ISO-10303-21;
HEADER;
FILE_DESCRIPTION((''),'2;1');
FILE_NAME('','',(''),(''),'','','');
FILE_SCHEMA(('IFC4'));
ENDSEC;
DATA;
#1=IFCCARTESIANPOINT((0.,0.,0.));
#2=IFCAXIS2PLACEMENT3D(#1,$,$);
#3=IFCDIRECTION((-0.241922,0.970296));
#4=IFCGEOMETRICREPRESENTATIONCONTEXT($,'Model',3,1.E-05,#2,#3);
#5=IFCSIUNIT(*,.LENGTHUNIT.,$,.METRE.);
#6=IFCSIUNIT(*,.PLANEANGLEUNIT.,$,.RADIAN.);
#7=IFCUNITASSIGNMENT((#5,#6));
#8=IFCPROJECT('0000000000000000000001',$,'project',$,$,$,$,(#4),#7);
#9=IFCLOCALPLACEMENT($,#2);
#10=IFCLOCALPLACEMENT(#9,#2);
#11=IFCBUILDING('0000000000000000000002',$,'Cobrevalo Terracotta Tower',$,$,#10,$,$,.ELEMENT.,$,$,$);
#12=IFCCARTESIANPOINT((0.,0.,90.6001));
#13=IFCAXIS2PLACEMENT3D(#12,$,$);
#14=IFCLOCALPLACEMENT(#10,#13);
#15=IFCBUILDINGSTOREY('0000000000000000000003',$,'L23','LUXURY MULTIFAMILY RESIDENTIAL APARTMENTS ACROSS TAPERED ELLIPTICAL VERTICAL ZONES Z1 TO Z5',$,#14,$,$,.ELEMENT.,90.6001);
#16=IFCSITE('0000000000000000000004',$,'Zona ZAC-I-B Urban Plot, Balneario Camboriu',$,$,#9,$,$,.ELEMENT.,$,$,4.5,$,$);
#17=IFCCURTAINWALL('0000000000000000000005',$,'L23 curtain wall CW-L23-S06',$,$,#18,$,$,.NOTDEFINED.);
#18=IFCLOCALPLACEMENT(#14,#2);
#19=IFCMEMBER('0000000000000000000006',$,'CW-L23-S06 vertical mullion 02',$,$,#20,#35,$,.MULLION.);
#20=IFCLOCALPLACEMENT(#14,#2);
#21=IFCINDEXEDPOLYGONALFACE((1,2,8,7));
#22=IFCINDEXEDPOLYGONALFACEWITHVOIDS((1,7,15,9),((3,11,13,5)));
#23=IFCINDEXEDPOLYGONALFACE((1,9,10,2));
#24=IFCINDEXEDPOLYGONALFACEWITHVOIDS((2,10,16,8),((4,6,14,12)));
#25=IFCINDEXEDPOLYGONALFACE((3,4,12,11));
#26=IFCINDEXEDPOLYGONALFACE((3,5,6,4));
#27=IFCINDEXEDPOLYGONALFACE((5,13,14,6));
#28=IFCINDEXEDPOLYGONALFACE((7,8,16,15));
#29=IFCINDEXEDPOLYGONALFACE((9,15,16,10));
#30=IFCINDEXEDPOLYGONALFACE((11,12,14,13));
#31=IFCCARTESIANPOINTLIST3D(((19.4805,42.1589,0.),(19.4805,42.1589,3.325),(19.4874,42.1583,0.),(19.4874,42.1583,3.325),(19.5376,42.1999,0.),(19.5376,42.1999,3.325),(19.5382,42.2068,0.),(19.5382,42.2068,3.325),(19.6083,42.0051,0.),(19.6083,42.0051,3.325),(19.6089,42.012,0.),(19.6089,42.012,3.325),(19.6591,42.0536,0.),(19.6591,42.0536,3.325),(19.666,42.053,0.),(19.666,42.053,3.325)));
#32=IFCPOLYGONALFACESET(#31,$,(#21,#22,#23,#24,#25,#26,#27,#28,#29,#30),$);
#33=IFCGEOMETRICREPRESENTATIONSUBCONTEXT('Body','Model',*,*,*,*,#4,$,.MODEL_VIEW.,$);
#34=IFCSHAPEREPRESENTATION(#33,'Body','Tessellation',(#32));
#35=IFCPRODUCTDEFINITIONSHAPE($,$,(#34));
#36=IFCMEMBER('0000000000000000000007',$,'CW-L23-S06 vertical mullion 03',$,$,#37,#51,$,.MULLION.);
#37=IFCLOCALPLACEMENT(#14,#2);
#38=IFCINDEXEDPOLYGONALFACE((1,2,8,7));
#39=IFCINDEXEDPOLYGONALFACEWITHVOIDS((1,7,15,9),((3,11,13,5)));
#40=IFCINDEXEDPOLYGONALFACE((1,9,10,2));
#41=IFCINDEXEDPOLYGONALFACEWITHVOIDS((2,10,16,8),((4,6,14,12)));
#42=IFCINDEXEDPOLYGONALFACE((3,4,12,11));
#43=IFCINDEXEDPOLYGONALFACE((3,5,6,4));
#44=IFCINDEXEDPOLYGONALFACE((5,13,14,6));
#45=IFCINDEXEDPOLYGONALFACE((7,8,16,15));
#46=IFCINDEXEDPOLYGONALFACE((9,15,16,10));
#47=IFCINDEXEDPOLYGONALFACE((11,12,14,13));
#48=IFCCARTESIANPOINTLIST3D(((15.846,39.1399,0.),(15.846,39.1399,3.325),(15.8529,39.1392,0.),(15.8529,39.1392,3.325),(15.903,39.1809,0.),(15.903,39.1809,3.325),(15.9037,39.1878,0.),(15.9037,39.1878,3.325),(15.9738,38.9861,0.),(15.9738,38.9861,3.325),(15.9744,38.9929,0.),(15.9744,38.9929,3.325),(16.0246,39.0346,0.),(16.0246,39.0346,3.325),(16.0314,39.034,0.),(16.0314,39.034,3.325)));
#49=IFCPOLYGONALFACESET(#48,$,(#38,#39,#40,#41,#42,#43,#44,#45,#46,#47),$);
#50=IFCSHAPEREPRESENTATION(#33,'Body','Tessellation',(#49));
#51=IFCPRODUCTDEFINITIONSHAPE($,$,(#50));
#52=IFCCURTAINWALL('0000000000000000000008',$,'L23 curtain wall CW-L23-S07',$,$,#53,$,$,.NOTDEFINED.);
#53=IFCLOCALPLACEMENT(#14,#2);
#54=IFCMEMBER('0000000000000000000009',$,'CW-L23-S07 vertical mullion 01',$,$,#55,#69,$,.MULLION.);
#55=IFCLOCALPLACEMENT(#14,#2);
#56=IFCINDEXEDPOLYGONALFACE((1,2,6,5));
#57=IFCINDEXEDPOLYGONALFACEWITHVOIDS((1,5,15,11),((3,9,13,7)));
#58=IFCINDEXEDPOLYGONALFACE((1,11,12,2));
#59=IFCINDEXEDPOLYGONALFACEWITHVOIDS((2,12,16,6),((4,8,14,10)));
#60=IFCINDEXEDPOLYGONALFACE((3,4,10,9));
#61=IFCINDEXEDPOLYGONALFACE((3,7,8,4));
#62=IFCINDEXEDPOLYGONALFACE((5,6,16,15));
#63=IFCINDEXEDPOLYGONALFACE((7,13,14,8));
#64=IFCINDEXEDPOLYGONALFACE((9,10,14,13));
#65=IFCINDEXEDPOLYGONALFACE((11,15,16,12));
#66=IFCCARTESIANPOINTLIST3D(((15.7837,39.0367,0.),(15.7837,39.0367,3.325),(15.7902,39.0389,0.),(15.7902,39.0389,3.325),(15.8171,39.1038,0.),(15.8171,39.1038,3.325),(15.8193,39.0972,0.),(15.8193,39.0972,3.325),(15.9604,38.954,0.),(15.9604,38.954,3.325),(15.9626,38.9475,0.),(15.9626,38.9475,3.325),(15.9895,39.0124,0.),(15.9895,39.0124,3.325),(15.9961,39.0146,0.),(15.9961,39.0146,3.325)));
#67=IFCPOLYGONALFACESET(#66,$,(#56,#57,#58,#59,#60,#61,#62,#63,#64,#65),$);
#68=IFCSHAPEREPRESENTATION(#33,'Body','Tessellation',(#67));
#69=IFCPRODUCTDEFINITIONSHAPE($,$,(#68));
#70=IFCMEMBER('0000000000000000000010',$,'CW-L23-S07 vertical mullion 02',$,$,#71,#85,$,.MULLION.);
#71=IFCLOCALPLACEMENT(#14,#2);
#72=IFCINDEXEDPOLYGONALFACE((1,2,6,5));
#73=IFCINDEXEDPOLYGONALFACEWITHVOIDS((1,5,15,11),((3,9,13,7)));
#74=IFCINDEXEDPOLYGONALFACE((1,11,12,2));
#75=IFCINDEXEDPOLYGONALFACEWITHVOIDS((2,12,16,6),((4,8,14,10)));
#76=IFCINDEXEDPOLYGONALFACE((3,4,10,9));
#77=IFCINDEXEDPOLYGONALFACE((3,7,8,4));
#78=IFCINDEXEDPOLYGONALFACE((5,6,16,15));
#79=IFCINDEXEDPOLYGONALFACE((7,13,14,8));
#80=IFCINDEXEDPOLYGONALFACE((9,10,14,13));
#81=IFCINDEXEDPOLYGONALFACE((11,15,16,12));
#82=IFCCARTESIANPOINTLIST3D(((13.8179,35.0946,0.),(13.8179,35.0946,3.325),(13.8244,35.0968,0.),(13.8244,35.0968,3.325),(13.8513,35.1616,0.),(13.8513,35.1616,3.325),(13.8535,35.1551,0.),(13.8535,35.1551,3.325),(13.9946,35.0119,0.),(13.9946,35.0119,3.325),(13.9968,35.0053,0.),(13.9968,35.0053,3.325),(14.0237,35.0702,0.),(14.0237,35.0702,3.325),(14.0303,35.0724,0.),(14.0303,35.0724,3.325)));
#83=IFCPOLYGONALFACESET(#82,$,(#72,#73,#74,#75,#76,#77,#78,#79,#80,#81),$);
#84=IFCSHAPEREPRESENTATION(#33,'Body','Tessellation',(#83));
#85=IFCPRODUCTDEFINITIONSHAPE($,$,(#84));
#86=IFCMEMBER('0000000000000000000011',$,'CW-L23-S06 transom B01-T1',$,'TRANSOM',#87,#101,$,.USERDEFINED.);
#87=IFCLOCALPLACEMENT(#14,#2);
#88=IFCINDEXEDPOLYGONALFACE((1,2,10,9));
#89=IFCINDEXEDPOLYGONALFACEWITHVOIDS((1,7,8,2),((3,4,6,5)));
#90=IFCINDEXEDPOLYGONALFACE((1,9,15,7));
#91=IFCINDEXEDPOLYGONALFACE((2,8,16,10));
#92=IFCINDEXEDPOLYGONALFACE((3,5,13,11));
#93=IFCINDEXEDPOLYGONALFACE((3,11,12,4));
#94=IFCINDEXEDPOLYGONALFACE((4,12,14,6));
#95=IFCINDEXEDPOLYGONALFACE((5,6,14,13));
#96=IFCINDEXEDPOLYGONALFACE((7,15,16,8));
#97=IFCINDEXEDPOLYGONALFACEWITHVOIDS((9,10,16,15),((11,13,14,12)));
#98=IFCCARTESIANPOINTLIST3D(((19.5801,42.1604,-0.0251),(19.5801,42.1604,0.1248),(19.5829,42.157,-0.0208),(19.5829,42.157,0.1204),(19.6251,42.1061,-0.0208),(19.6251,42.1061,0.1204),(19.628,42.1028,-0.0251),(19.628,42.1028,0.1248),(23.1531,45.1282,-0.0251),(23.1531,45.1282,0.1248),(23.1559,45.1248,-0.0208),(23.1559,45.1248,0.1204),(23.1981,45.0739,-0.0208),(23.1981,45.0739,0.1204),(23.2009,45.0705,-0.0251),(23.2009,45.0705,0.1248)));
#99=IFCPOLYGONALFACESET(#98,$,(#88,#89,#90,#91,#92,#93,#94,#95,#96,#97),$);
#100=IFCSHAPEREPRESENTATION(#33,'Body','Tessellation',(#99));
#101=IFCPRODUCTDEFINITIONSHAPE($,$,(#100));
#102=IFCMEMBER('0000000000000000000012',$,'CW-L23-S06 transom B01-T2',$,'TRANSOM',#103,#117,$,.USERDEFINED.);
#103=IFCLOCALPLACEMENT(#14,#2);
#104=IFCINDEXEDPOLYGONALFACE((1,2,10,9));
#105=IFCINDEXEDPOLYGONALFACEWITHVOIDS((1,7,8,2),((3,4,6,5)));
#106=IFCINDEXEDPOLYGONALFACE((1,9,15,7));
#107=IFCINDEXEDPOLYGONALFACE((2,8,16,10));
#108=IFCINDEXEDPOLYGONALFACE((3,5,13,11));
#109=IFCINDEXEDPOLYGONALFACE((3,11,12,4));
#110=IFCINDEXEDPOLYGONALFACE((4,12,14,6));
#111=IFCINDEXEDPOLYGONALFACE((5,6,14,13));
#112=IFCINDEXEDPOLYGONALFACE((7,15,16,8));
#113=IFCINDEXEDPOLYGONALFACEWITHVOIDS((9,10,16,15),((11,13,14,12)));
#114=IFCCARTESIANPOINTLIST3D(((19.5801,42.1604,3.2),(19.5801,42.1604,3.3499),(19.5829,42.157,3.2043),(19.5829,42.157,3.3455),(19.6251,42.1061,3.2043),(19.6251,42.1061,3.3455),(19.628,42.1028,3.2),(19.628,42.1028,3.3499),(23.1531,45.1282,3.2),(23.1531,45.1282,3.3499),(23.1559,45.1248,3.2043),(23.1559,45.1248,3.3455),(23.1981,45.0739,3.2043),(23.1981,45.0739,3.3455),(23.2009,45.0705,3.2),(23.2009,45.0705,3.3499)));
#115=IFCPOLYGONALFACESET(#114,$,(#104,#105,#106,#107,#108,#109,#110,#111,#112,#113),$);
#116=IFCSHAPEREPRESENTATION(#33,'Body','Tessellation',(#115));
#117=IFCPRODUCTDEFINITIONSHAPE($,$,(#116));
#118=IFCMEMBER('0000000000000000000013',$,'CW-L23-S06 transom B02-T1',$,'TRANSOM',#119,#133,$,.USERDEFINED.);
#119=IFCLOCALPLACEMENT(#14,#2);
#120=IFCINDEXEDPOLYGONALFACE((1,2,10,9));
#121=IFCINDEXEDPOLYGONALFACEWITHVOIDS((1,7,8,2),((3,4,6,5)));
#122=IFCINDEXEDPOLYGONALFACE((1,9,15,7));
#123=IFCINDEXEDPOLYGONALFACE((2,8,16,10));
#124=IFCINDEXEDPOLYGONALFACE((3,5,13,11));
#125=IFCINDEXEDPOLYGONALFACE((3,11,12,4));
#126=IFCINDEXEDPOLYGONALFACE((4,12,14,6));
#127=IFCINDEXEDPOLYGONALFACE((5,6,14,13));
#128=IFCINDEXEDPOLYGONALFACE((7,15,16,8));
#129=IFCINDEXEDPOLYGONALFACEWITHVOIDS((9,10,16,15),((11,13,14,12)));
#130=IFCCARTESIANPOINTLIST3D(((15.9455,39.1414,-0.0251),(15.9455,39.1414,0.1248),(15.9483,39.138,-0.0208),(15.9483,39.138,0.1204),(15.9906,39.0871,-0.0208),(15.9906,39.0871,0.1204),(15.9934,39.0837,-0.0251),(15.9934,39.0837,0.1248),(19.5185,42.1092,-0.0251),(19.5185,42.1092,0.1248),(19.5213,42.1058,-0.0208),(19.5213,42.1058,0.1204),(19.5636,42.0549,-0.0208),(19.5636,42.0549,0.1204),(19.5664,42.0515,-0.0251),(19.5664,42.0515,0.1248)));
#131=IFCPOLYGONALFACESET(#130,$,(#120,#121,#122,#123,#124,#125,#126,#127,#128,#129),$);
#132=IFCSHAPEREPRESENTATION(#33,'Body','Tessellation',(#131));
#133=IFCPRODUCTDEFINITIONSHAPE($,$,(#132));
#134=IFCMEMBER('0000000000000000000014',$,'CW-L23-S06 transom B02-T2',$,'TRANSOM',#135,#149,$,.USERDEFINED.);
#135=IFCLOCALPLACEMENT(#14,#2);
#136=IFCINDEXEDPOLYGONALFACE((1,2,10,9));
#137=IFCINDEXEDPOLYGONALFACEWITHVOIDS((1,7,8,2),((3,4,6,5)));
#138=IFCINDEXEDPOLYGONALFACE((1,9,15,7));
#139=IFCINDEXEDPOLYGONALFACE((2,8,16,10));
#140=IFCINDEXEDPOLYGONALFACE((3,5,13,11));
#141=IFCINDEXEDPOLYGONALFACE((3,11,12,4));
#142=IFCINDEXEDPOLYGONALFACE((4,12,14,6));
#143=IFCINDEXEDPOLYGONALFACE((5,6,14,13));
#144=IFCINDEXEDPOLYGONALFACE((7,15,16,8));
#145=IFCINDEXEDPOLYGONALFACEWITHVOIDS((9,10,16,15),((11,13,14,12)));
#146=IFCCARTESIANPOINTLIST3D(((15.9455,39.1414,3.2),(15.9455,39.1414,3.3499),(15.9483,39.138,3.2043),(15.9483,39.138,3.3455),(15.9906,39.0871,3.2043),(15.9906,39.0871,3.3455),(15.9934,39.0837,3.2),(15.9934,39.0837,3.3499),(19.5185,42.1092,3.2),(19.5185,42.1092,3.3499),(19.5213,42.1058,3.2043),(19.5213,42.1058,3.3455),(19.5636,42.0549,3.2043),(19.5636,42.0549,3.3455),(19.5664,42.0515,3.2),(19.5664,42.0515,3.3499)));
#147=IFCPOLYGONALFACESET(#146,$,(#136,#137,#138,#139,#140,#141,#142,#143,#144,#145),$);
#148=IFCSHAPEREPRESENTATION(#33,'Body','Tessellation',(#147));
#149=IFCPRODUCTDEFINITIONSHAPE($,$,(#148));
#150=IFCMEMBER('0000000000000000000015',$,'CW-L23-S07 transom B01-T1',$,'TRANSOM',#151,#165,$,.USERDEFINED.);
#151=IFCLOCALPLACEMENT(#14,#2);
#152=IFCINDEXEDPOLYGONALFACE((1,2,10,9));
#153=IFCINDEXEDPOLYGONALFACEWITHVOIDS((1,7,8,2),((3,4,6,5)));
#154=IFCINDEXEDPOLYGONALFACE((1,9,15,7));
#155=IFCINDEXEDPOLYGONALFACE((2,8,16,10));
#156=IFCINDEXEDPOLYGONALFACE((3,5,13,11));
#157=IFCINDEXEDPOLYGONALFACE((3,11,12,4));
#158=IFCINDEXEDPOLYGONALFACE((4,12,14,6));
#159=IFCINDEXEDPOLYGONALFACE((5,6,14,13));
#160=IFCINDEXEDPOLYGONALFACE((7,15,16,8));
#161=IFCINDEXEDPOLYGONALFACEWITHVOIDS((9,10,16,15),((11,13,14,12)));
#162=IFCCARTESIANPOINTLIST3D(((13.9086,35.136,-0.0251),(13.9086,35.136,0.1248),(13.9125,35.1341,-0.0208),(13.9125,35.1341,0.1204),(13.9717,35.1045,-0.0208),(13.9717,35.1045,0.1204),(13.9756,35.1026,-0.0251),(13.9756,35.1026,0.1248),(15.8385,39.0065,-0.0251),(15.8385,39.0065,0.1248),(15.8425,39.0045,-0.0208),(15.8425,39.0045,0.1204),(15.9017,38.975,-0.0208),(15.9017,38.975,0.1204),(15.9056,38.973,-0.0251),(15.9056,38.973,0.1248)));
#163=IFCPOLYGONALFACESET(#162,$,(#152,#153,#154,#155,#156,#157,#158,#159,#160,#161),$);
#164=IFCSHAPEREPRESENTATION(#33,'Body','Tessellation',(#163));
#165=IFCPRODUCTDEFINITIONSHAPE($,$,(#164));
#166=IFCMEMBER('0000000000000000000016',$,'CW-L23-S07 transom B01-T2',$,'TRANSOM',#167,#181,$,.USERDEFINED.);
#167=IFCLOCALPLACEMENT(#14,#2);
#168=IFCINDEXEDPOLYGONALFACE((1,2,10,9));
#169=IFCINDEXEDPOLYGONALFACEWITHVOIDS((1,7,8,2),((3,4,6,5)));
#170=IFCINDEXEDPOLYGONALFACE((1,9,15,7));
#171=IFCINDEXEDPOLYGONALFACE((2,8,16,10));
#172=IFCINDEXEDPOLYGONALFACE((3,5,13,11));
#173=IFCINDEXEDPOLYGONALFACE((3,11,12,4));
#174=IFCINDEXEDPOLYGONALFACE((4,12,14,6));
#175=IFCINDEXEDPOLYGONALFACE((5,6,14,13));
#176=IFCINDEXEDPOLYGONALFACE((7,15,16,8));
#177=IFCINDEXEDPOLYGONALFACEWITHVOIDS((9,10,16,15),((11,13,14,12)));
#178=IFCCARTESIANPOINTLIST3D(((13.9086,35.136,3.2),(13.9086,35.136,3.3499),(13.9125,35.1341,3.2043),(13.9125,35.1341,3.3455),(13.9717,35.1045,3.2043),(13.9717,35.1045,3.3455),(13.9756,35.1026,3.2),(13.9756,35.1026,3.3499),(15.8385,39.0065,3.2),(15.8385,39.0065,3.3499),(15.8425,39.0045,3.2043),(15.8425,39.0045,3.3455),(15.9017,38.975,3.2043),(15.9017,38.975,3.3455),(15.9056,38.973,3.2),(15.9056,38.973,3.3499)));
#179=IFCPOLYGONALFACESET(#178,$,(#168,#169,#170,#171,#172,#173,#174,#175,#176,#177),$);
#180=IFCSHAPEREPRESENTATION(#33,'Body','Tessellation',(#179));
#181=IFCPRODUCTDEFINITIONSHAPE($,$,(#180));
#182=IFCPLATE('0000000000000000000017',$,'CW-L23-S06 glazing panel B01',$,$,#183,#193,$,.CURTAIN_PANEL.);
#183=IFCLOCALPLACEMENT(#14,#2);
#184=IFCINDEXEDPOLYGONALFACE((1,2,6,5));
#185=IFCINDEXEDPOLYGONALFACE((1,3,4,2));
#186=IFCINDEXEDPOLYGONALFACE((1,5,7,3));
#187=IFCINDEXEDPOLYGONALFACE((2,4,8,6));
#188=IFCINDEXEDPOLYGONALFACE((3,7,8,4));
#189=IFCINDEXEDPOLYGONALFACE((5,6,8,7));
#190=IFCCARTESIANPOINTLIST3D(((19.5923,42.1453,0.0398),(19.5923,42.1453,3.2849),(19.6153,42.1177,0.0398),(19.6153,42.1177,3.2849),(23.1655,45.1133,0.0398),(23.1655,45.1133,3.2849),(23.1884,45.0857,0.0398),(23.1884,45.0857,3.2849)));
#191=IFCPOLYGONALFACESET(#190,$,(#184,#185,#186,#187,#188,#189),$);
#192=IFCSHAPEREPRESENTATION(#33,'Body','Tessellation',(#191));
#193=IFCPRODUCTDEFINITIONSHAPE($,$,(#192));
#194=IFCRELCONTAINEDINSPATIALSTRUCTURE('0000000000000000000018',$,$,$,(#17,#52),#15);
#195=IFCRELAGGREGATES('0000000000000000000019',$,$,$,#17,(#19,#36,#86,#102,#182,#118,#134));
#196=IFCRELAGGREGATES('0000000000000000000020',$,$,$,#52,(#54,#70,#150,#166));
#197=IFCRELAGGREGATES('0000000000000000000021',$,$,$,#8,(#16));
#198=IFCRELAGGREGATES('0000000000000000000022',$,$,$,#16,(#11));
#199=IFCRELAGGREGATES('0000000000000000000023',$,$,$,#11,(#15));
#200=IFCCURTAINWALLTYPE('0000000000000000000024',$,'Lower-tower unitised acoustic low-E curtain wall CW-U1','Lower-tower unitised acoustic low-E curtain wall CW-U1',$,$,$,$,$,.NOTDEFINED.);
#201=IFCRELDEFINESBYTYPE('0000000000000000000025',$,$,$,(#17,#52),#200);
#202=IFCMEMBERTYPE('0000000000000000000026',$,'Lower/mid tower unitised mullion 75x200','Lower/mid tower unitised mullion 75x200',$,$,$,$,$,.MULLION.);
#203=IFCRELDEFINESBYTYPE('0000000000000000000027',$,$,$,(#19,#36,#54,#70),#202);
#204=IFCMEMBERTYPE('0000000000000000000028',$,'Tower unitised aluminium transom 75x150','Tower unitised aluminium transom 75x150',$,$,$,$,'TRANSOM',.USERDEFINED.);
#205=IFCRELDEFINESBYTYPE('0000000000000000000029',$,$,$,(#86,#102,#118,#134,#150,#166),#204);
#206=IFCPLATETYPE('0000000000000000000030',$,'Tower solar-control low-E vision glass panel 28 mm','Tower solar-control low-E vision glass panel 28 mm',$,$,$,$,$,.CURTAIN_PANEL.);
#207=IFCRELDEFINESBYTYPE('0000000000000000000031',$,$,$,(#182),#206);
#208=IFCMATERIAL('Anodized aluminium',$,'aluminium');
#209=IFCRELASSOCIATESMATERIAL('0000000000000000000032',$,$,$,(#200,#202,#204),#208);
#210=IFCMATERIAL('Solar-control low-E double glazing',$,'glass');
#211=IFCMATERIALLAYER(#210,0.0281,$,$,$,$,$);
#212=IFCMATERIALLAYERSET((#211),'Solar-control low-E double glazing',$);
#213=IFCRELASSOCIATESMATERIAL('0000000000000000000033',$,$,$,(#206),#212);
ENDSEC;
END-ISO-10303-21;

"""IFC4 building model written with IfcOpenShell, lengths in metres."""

from ifc_helpers import new_model, si_unit, direction, frame, origin, origin_2d, place, context, subcontext, project, spatial, rectangle, hollow_rectangle, extrude, source, transform, mapped, material, layer, layer_set, material_profile, profile_set, type_object, element, aggregate, save


model = new_model("IFC4")

# Units and contexts
model_context = context("Model", 3, precision=1e-05, world=origin(), true_north=direction((-0.241922, 0.970296)))
body_context = subcontext(model_context, "Body", "Model", "MODEL_VIEW")
ifc_project = project(units=[si_unit("LENGTHUNIT", "METRE"), si_unit("PLANEANGLEUNIT", "RADIAN")], contexts=[model_context])

# Site, building, storey
site_placement = place(None, origin())
site = spatial("IfcSite", under=ifc_project, at=site_placement, Name="Zona ZAC-I-B Urban Plot, Balneario Camboriu", CompositionType="ELEMENT", RefElevation=4.5)
building_placement = place(site_placement, origin())
building = spatial("IfcBuilding", under=site, at=building_placement, Name="Cobrevalo Terracotta Tower", CompositionType="ELEMENT")
storey_placement = place(building_placement, frame((0.0, 0.0, 90.6001)))
storey = spatial("IfcBuildingStorey", under=building, at=storey_placement, Name="L23", Description="LUXURY MULTIFAMILY RESIDENTIAL APARTMENTS ACROSS TAPERED ELLIPTICAL VERTICAL ZONES Z1 TO Z5", CompositionType="ELEMENT", Elevation=90.6001)

# Shared definitions
ifc_material_1 = material(Name="Anodized aluminium", Category="aluminium")
curtain_wall_type = type_object("IfcCurtainWallType", Name="Lower-tower unitised acoustic low-E curtain wall CW-U1", Description="Lower-tower unitised acoustic low-E curtain wall CW-U1", PredefinedType="NOTDEFINED", material=ifc_material_1)
ifc_material_profile_1 = material_profile(ifc_material_1, hollow_rectangle(XDim=0.075, YDim=0.2, WallThickness=0.0049, at=origin_2d()), Name="CWM 75x200")
ifc_profile_set_1 = profile_set([ifc_material_profile_1], Name="Anodized aluminium")
member_type_1 = type_object("IfcMemberType", Name="Lower/mid tower unitised mullion 75x200", Description="Lower/mid tower unitised mullion 75x200", PredefinedType="MULLION", material=ifc_profile_set_1)
shared_shape_1 = source(origin(), body_context, "Body", "SweptSolid", [
    extrude(hollow_rectangle(XDim=0.075, YDim=0.2, WallThickness=0.0049, at=origin_2d()), origin(), (0.0, 0.0, 1.0), 3.325),
])

# Curtain walls, members
curtain_wall_1_placement = place(storey_placement, origin())
curtain_wall_1 = element("IfcCurtainWall", 1, at=curtain_wall_1_placement, inside=storey, type_object=curtain_wall_type, Name="L23 curtain wall CW-L23-S06", PredefinedType="NOTDEFINED")
member_1_placement = place(storey_placement, frame((19.5732, 42.106, 0.0), z_axis=(0.0, 0.0, 1.0), x_axis=(-0.769243, -0.638956, 0.0)))
member_1 = element("IfcMember", 2, at=member_1_placement, type_object=member_type_1, Name="CW-L23-S06 vertical mullion 02", PredefinedType="MULLION", context=body_context, shape_type="MappedRepresentation", body=[
    mapped(shared_shape_1, transform((0.0, 0.0, 0.0), scale=1.0)),
])
member_2_placement = place(storey_placement, frame((15.9387, 39.0869, 0.0), z_axis=(0.0, 0.0, 1.0), x_axis=(-0.769243, -0.638956, 0.0)))
member_2 = element("IfcMember", 3, at=member_2_placement, type_object=member_type_1, Name="CW-L23-S06 vertical mullion 03", PredefinedType="MULLION", context=body_context, shape_type="MappedRepresentation", body=[
    mapped(shared_shape_1, transform((0.0, 0.0, 0.0), scale=1.0)),
])
curtain_wall_2_placement = place(storey_placement, origin())
curtain_wall_2 = element("IfcCurtainWall", 4, at=curtain_wall_2_placement, inside=storey, type_object=curtain_wall_type, Name="L23 curtain wall CW-L23-S07", PredefinedType="NOTDEFINED")
member_3_placement = place(storey_placement, frame((15.8899, 39.0256, 0.0), z_axis=(0.0, 0.0, 1.0), x_axis=(-0.44626, -0.894903, 0.0)))
member_3 = element("IfcMember", 5, at=member_3_placement, type_object=member_type_1, Name="CW-L23-S07 vertical mullion 01", PredefinedType="MULLION", context=body_context, shape_type="MappedRepresentation", body=[
    mapped(shared_shape_1, transform((0.0, 0.0, 0.0), scale=1.0)),
])
member_4_placement = place(storey_placement, frame((13.9241, 35.0835, 0.0), z_axis=(0.0, 0.0, 1.0), x_axis=(-0.44626, -0.894903, 0.0)))
member_4 = element("IfcMember", 6, at=member_4_placement, type_object=member_type_1, Name="CW-L23-S07 vertical mullion 02", PredefinedType="MULLION", context=body_context, shape_type="MappedRepresentation", body=[
    mapped(shared_shape_1, transform((0.0, 0.0, 0.0), scale=1.0)),
])

# Members
ifc_material_profile_2 = material_profile(ifc_material_1, hollow_rectangle(XDim=0.075, YDim=0.1499, WallThickness=0.0044, at=origin_2d()), Name="CWT 75x150")
ifc_profile_set_2 = profile_set([ifc_material_profile_2], Name="Anodized aluminium")
member_type_2 = type_object("IfcMemberType", Name="Tower unitised aluminium transom 75x150", Description="Tower unitised aluminium transom 75x150", ElementType="TRANSOM", PredefinedType="USERDEFINED", material=ifc_profile_set_2)
shared_shape_2 = source(origin(), body_context, "Body", "SweptSolid", [
    extrude(hollow_rectangle(XDim=0.075, YDim=0.1499, WallThickness=0.0044, at=origin_2d()), origin(), (0.0, 0.0, 1.0), 4.6448),
])
member_5_placement = place(storey_placement, frame((23.177, 45.0994, 0.0498), z_axis=(-0.76925, -0.638948, 0.0), x_axis=(0.638948, -0.76925, 0.0)))
member_5 = element("IfcMember", 7, at=member_5_placement, type_object=member_type_2, Name="CW-L23-S06 transom B01-T1", ObjectType="TRANSOM", PredefinedType="USERDEFINED", context=body_context, shape_type="MappedRepresentation", body=[
    mapped(shared_shape_2, transform((0.0, 0.0, 0.0), scale=1.0)),
])
member_6_placement = place(storey_placement, frame((23.177, 45.0994, 3.2749), z_axis=(-0.76925, -0.638948, 0.0), x_axis=(0.638948, -0.76925, 0.0)))
member_6 = element("IfcMember", 8, at=member_6_placement, type_object=member_type_2, Name="CW-L23-S06 transom B01-T2", ObjectType="TRANSOM", PredefinedType="USERDEFINED", context=body_context, shape_type="MappedRepresentation", body=[
    mapped(shared_shape_2, transform((0.0, 0.0, 0.0), scale=1.0)),
])
member_7_placement = place(storey_placement, frame((19.5425, 42.0803, 0.0498), z_axis=(-0.76925, -0.638948, 0.0), x_axis=(0.638948, -0.76925, 0.0)))
member_7 = element("IfcMember", 9, at=member_7_placement, type_object=member_type_2, Name="CW-L23-S06 transom B02-T1", ObjectType="TRANSOM", PredefinedType="USERDEFINED", context=body_context, shape_type="MappedRepresentation", body=[
    mapped(shared_shape_2, transform((0.0, 0.0, 0.0), scale=1.0)),
])
member_8_placement = place(storey_placement, frame((19.5425, 42.0803, 3.2749), z_axis=(-0.76925, -0.638948, 0.0), x_axis=(0.638948, -0.76925, 0.0)))
member_8 = element("IfcMember", 10, at=member_8_placement, type_object=member_type_2, Name="CW-L23-S06 transom B02-T2", ObjectType="TRANSOM", PredefinedType="USERDEFINED", context=body_context, shape_type="MappedRepresentation", body=[
    mapped(shared_shape_2, transform((0.0, 0.0, 0.0), scale=1.0)),
])
shared_shape_3 = source(origin(), body_context, "Body", "SweptSolid", [
    extrude(hollow_rectangle(XDim=0.075, YDim=0.1499, WallThickness=0.0044, at=origin_2d()), origin(), (0.0, 0.0, 1.0), 4.325),
])
member_9_placement = place(storey_placement, frame((15.8721, 38.9897, 0.0498), z_axis=(-0.446242, -0.894912, 0.0), x_axis=(0.894912, -0.446242, 0.0)))
member_9 = element("IfcMember", 11, at=member_9_placement, type_object=member_type_2, Name="CW-L23-S07 transom B01-T1", ObjectType="TRANSOM", PredefinedType="USERDEFINED", context=body_context, shape_type="MappedRepresentation", body=[
    mapped(shared_shape_3, transform((0.0, 0.0, 0.0), scale=1.0)),
])
member_10_placement = place(storey_placement, frame((15.8721, 38.9897, 3.2749), z_axis=(-0.446242, -0.894912, 0.0), x_axis=(0.894912, -0.446242, 0.0)))
member_10 = element("IfcMember", 12, at=member_10_placement, type_object=member_type_2, Name="CW-L23-S07 transom B01-T2", ObjectType="TRANSOM", PredefinedType="USERDEFINED", context=body_context, shape_type="MappedRepresentation", body=[
    mapped(shared_shape_3, transform((0.0, 0.0, 0.0), scale=1.0)),
])

# Plate
ifc_material_2 = material(Name="Solar-control low-E double glazing", Category="glass")
ifc_layer_1 = layer(ifc_material_2, 0.0281)
ifc_layer_set_1 = layer_set([ifc_layer_1], Name="Solar-control low-E double glazing")
plate_type = type_object("IfcPlateType", Name="Tower solar-control low-E vision glass panel 28 mm", Description="Tower solar-control low-E vision glass panel 28 mm", PredefinedType="CURTAIN_PANEL", material=ifc_layer_set_1)
shared_shape_4 = source(origin(), body_context, "Body", "SweptSolid", [
    extrude(rectangle(XDim=4.645, YDim=0.0359, at=origin_2d()), origin(), (0.0, 0.0, 1.0), 3.2451),
])
plate_1_placement = place(storey_placement, frame((21.3904, 43.6155, 0.0398), z_axis=(0.0, 0.0, 1.0), x_axis=(-0.769241, -0.638958, 0.0)))
plate_1 = element("IfcPlate", 13, at=plate_1_placement, type_object=plate_type, Name="CW-L23-S06 glazing panel B01", PredefinedType="CURTAIN_PANEL", context=body_context, shape_type="MappedRepresentation", body=[
    mapped(shared_shape_4, transform((0.0, 0.0, 0.0), scale=1.0)),
])
aggregate(curtain_wall_1, [member_1, member_2, member_5, member_6, plate_1, member_7, member_8])
aggregate(curtain_wall_2, [member_3, member_4, member_9, member_10])

save(model, "model.ifc")
